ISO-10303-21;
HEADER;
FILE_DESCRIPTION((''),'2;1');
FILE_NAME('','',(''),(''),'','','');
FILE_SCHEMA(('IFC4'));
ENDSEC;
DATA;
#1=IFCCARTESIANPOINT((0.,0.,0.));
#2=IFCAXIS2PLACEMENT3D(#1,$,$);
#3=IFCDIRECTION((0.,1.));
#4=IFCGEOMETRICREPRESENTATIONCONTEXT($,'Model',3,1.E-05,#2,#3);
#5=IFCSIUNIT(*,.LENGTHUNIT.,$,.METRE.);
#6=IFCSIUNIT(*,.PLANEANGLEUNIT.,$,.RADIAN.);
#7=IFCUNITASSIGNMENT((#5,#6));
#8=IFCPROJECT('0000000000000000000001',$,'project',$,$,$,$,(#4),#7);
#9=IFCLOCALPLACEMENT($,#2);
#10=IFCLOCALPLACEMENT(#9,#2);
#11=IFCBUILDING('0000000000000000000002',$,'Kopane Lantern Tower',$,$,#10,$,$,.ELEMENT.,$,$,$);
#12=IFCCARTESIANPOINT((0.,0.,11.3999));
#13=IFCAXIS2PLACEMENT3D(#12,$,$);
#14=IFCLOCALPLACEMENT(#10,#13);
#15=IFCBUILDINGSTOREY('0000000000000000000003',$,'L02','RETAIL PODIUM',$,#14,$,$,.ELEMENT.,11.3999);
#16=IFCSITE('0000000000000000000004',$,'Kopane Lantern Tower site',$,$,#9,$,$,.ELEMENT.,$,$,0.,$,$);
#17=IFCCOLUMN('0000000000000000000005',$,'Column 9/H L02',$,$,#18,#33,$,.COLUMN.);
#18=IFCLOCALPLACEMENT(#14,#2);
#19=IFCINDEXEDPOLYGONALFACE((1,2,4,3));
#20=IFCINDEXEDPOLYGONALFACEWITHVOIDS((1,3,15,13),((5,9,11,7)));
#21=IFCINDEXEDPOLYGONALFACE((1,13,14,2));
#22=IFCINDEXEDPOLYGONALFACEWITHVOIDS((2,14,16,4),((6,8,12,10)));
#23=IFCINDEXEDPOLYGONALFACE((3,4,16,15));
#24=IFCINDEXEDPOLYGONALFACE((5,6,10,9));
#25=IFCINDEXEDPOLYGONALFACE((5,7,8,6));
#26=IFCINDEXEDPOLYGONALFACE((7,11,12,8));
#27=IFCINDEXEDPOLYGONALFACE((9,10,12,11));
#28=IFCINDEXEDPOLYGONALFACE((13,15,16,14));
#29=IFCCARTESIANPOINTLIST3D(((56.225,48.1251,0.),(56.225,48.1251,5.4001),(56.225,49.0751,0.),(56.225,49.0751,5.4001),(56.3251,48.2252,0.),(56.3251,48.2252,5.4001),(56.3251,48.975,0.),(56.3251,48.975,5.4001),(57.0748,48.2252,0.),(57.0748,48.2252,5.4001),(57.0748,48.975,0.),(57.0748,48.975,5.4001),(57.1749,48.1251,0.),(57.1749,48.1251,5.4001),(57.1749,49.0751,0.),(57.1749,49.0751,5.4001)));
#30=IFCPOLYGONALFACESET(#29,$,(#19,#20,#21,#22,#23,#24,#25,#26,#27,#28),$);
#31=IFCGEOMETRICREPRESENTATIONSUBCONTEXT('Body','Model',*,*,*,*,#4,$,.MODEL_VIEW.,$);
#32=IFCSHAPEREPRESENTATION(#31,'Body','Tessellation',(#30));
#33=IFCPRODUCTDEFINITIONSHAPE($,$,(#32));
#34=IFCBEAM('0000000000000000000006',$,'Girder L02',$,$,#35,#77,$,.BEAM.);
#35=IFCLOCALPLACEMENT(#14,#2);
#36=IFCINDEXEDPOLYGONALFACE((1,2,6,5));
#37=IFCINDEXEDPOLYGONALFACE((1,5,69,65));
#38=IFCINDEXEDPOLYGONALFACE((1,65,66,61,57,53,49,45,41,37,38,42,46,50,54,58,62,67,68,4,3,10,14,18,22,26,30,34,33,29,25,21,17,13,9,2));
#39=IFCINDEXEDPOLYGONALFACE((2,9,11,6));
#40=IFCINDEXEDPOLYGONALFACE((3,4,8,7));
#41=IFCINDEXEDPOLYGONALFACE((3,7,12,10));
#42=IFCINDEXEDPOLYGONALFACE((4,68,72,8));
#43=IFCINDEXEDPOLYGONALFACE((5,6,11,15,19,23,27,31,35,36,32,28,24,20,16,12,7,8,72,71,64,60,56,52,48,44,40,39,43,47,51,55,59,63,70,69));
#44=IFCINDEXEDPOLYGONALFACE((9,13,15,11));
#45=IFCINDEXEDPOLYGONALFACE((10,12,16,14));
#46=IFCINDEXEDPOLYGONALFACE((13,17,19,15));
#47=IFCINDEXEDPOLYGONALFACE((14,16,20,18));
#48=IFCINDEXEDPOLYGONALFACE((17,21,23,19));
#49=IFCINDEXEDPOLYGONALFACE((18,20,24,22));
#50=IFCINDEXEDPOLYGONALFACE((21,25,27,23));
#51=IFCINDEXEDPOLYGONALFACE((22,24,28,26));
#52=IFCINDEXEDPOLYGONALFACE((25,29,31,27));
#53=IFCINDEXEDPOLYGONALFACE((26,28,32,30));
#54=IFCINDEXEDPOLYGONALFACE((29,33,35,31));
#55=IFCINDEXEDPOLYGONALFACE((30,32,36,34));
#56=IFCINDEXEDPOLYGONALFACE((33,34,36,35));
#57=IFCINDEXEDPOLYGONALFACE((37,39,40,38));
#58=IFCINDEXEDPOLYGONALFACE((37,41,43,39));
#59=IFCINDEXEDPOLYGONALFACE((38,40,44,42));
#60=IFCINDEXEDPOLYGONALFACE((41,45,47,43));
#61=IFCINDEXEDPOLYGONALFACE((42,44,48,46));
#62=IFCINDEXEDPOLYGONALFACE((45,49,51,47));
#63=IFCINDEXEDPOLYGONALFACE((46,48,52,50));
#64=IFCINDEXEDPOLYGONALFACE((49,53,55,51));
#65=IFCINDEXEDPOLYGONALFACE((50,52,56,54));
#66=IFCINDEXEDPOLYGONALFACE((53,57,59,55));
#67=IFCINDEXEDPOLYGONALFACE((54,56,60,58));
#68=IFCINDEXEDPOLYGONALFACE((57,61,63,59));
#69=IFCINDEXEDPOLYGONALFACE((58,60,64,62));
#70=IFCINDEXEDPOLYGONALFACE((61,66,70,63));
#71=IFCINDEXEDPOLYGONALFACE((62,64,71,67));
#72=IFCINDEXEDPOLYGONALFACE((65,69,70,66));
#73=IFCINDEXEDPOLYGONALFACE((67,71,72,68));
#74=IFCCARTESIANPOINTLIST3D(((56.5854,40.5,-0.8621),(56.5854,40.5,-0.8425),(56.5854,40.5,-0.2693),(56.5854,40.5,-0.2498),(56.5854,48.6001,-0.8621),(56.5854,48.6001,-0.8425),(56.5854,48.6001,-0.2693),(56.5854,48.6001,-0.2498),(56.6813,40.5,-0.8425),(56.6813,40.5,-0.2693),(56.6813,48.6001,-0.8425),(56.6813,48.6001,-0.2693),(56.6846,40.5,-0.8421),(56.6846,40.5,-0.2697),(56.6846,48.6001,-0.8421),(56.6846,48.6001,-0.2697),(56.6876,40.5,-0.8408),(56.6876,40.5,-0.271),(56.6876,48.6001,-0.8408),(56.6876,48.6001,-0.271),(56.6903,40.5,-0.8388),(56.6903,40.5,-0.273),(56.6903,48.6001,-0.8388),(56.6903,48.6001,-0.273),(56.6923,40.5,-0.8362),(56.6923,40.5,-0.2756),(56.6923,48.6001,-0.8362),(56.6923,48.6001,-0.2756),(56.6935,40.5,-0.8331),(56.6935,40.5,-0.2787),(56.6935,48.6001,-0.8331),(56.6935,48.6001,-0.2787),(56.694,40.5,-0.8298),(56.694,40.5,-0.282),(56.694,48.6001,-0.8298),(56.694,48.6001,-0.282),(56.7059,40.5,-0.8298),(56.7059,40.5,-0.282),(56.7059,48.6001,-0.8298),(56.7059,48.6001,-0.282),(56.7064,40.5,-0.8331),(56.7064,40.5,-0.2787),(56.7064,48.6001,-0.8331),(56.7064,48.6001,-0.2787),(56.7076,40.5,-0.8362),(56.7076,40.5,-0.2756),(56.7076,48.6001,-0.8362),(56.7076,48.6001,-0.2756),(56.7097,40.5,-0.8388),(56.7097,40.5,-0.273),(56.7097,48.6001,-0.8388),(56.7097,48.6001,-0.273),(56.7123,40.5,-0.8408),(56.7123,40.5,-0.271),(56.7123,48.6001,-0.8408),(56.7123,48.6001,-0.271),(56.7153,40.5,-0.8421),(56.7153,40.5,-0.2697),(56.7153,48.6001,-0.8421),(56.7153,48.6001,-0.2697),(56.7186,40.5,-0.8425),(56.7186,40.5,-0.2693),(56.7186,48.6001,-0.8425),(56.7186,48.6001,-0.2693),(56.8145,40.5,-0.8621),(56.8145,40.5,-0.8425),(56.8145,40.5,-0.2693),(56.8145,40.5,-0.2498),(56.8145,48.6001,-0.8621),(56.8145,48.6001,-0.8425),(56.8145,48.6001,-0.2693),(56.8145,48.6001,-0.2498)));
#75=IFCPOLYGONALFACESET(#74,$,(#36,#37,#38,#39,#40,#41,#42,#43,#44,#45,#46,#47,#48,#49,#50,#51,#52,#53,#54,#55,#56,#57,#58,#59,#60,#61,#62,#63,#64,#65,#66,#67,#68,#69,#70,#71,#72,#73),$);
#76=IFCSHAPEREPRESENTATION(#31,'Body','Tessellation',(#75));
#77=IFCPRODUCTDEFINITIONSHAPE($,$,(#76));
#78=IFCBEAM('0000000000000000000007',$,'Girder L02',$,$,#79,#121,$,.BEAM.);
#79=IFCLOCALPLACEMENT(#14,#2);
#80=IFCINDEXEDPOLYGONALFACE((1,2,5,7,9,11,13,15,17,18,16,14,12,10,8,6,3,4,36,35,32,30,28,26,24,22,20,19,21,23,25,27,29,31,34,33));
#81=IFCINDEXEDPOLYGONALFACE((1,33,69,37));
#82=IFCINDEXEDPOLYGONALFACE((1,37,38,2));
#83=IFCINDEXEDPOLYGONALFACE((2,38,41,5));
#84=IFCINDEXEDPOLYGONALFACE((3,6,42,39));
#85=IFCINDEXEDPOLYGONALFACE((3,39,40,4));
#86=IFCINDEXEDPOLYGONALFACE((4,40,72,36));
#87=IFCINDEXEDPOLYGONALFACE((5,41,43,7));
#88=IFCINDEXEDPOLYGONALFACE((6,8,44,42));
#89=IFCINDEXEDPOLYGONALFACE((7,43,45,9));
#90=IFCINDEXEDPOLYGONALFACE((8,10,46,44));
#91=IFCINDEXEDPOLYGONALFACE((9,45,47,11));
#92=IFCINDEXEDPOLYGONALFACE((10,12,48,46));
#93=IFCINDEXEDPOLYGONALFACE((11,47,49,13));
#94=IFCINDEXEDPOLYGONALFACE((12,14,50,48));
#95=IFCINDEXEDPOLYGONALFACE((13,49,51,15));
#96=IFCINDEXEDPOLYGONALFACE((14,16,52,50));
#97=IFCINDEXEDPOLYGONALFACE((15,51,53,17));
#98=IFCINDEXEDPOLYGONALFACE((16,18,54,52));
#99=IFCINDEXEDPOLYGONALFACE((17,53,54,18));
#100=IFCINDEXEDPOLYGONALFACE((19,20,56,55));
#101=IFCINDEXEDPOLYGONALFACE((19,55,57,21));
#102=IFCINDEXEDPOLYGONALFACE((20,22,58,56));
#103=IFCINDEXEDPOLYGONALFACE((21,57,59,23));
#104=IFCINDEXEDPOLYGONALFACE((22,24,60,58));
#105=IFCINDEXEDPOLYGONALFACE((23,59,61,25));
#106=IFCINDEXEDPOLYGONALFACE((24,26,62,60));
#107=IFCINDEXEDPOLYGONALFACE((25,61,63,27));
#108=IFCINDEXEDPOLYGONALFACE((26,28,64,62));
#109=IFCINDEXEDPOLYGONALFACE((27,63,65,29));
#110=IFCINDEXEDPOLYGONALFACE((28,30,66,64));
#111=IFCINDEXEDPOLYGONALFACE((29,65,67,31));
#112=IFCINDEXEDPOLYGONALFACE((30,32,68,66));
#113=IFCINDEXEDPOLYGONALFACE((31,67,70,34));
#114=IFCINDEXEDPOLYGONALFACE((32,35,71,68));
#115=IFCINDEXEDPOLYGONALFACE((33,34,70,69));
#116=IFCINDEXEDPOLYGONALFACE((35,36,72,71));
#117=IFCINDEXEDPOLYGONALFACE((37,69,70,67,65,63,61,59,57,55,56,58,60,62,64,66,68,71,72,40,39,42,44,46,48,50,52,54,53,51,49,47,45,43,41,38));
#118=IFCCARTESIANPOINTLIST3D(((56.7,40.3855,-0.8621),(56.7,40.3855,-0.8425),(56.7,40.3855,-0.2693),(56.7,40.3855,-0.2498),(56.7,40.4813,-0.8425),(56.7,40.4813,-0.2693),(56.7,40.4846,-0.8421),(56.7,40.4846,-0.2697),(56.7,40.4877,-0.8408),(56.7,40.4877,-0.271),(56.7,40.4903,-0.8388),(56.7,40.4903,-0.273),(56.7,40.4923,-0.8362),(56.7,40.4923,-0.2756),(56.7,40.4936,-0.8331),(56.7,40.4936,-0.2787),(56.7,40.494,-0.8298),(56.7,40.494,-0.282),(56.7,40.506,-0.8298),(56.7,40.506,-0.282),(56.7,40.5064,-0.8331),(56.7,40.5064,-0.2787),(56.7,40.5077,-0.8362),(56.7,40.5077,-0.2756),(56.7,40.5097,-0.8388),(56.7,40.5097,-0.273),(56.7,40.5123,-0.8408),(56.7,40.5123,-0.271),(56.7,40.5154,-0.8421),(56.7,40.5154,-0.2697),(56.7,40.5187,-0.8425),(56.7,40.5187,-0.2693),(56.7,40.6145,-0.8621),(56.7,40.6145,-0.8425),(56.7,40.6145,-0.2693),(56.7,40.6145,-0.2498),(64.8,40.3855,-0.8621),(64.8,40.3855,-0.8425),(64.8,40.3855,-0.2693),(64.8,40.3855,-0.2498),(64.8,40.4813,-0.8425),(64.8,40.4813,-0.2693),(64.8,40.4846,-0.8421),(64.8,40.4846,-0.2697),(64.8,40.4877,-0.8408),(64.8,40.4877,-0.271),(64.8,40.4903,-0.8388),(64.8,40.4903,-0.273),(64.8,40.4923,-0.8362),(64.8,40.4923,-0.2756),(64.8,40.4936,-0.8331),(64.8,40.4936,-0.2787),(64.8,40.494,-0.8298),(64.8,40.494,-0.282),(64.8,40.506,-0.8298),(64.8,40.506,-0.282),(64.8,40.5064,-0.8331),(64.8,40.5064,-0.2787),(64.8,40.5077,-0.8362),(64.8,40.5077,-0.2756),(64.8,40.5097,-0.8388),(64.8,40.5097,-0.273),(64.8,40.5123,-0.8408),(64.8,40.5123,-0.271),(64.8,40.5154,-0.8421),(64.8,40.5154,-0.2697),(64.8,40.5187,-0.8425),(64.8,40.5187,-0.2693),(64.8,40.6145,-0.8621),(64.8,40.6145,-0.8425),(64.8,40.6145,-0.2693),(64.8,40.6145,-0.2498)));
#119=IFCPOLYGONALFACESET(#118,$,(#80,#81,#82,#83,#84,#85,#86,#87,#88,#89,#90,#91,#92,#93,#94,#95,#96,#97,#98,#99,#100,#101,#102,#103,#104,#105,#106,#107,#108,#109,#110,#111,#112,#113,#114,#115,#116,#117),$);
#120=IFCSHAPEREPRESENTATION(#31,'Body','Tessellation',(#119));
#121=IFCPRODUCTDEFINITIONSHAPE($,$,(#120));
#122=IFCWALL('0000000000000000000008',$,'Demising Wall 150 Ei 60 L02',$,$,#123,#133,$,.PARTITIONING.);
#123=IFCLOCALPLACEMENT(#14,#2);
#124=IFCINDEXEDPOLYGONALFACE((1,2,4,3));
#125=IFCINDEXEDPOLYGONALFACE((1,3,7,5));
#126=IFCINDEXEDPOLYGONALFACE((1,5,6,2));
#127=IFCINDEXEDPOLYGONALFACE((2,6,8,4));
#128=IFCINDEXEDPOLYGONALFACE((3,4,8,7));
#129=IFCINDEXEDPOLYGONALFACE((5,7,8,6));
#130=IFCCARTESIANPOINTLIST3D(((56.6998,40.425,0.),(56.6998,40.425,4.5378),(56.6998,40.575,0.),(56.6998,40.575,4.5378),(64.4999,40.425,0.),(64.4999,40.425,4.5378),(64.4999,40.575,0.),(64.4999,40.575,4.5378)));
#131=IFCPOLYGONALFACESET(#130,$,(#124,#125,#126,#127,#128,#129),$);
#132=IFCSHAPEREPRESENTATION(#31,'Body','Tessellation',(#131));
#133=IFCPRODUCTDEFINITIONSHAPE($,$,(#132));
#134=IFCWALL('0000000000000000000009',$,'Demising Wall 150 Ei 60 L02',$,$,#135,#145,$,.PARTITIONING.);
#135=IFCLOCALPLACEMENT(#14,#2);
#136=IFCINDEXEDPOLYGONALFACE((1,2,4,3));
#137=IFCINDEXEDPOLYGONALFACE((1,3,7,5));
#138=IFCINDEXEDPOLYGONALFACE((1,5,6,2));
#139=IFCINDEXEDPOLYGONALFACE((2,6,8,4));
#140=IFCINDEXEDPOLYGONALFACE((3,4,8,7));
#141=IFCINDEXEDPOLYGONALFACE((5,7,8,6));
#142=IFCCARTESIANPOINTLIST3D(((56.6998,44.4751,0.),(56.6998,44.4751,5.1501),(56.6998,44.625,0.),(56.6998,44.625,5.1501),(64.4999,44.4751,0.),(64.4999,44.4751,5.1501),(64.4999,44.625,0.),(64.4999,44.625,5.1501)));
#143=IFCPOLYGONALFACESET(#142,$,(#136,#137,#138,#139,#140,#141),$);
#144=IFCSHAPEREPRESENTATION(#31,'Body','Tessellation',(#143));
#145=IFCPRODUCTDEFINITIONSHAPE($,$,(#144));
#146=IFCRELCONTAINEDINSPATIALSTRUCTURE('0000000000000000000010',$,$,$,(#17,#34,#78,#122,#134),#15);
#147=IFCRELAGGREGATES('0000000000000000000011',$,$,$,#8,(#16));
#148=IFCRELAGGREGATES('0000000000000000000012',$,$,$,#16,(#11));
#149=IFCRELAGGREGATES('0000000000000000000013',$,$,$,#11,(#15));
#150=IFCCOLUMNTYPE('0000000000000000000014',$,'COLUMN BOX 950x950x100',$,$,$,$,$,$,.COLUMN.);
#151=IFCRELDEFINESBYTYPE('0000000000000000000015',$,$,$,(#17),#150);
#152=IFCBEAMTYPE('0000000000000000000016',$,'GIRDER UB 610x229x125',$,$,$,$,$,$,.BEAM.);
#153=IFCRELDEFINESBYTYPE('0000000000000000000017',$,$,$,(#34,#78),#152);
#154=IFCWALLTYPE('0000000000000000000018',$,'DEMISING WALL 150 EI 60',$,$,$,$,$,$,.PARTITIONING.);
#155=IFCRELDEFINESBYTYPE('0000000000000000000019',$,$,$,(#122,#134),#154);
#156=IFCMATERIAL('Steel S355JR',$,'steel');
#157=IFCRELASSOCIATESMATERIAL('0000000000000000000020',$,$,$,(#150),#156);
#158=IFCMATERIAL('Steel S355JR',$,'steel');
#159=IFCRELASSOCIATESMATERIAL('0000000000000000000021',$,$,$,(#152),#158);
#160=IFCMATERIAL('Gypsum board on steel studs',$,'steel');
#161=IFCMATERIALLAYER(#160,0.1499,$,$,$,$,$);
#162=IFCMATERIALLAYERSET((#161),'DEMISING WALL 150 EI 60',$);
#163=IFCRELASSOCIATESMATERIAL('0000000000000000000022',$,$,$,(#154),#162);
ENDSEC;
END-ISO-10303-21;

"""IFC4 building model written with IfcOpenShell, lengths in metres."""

from ifc_helpers import new_model, si_unit, direction, frame, frame_2d, origin, origin_2d, place, context, subcontext, project, spatial, rectangle, hollow_rectangle, i_section, extrude, material, layer, layer_set, material_profile, profile_set, type_object, element, save


model = new_model("IFC4")

# Units and contexts
model_context = context("Model", 3, precision=1e-05, world=origin(), true_north=direction((0.0, 1.0)))
body_context = subcontext(model_context, "Body", "Model", "MODEL_VIEW")
ifc_project = project(units=[si_unit("LENGTHUNIT", "METRE"), si_unit("PLANEANGLEUNIT", "RADIAN")], contexts=[model_context])

# Site, building, storey
site_placement = place(None, origin())
site = spatial("IfcSite", under=ifc_project, at=site_placement, Name="Kopane Lantern Tower site", CompositionType="ELEMENT", RefElevation=0.0)
building_placement = place(site_placement, origin())
building = spatial("IfcBuilding", under=site, at=building_placement, Name="Kopane Lantern Tower", CompositionType="ELEMENT")
storey_placement = place(building_placement, frame((0.0, 0.0, 11.3999)))
storey = spatial("IfcBuildingStorey", under=building, at=storey_placement, Name="L02", Description="RETAIL PODIUM", CompositionType="ELEMENT", Elevation=11.3999)

# Column
ifc_material_1 = material(Name="Steel S355JR", Category="steel")
ifc_material_profile_1 = material_profile(ifc_material_1, hollow_rectangle(XDim=0.95, YDim=0.95, WallThickness=0.1001, at=origin_2d()), Name="BOX 950x950x100")
ifc_profile_set_1 = profile_set([ifc_material_profile_1], Name="Steel S355JR")
column_type = type_object("IfcColumnType", Name="COLUMN BOX 950x950x100", PredefinedType="COLUMN", material=ifc_profile_set_1)
column_placement = place(storey_placement, frame((56.7, 48.6001, 0.0), z_axis=(0.0, 0.0, 1.0), x_axis=(1.0, 0.0, 0.0)))
element("IfcColumn", 1, at=column_placement, inside=storey, type_object=column_type, Name="Column 9/H L02", PredefinedType="COLUMN", context=body_context, shape_type="SweptSolid", body=[
    extrude(hollow_rectangle(XDim=0.95, YDim=0.95, WallThickness=0.1001, at=origin_2d()), origin(), (0.0, 0.0, 1.0), 5.4001),
])

# Beams
ifc_material_2 = material(Name="Steel S355JR", Category="steel")
ifc_material_profile_2 = material_profile(ifc_material_2, i_section(OverallWidth=0.229, OverallDepth=0.6123, WebThickness=0.012, FlangeThickness=0.0195, FilletRadius=0.0127, at=origin_2d()), Name="UB 610x229x125")
ifc_profile_set_2 = profile_set([ifc_material_profile_2], Name="Steel S355JR")
beam_type = type_object("IfcBeamType", Name="GIRDER UB 610x229x125", PredefinedType="BEAM", material=ifc_profile_set_2)
for number, where, z_axis, x_axis, name in (
    (2, (56.7, 40.5, -0.5559), (0.0, 1.0, 0.0), (-1.0, 0.0, 0.0), "Girder L02"),
    (3, (56.7, 40.5, -0.5559), (1.0, 0.0, 0.0), (0.0, 1.0, 0.0), "Girder L02"),
):
    element("IfcBeam", number, at=place(storey_placement, frame(where, z_axis=z_axis, x_axis=x_axis)), inside=storey, type_object=beam_type, Name=name, PredefinedType="BEAM", context=body_context, shape_type="SweptSolid", body=[
        extrude(i_section(OverallWidth=0.229, OverallDepth=0.6123, WebThickness=0.012, FlangeThickness=0.0195, FilletRadius=0.0127, at=origin_2d()), origin(), (0.0, 0.0, 1.0), 8.1001),
    ])

# Walls
ifc_material_3 = material(Name="Gypsum board on steel studs", Category="steel")
ifc_layer = layer(ifc_material_3, 0.1499)
ifc_layer_set = layer_set([ifc_layer], Name="DEMISING WALL 150 EI 60")
wall_type = type_object("IfcWallType", Name="DEMISING WALL 150 EI 60", PredefinedType="PARTITIONING", material=ifc_layer_set)
wall_1_placement = place(storey_placement, frame((56.7, 40.5, 0.0), z_axis=(0.0, 0.0, 1.0), x_axis=(1.0, 0.0, 0.0)))
element("IfcWall", 4, at=wall_1_placement, inside=storey, type_object=wall_type, Name="Demising Wall 150 Ei 60 L02", PredefinedType="PARTITIONING", context=body_context, shape_type="SweptSolid", body=[
    extrude(rectangle(XDim=7.8, YDim=0.1499, at=frame_2d((3.8999, 0.0))), origin(), (0.0, 0.0, 1.0), 4.5378),
])
wall_2_placement = place(storey_placement, frame((56.7, 44.55, 0.0), z_axis=(0.0, 0.0, 1.0), x_axis=(1.0, 0.0, 0.0)))
element("IfcWall", 5, at=wall_2_placement, inside=storey, type_object=wall_type, Name="Demising Wall 150 Ei 60 L02", PredefinedType="PARTITIONING", context=body_context, shape_type="SweptSolid", body=[
    extrude(rectangle(XDim=7.8, YDim=0.1499, at=frame_2d((3.8999, 0.0))), origin(), (0.0, 0.0, 1.0), 5.1501),
])

save(model, "model.ifc")
